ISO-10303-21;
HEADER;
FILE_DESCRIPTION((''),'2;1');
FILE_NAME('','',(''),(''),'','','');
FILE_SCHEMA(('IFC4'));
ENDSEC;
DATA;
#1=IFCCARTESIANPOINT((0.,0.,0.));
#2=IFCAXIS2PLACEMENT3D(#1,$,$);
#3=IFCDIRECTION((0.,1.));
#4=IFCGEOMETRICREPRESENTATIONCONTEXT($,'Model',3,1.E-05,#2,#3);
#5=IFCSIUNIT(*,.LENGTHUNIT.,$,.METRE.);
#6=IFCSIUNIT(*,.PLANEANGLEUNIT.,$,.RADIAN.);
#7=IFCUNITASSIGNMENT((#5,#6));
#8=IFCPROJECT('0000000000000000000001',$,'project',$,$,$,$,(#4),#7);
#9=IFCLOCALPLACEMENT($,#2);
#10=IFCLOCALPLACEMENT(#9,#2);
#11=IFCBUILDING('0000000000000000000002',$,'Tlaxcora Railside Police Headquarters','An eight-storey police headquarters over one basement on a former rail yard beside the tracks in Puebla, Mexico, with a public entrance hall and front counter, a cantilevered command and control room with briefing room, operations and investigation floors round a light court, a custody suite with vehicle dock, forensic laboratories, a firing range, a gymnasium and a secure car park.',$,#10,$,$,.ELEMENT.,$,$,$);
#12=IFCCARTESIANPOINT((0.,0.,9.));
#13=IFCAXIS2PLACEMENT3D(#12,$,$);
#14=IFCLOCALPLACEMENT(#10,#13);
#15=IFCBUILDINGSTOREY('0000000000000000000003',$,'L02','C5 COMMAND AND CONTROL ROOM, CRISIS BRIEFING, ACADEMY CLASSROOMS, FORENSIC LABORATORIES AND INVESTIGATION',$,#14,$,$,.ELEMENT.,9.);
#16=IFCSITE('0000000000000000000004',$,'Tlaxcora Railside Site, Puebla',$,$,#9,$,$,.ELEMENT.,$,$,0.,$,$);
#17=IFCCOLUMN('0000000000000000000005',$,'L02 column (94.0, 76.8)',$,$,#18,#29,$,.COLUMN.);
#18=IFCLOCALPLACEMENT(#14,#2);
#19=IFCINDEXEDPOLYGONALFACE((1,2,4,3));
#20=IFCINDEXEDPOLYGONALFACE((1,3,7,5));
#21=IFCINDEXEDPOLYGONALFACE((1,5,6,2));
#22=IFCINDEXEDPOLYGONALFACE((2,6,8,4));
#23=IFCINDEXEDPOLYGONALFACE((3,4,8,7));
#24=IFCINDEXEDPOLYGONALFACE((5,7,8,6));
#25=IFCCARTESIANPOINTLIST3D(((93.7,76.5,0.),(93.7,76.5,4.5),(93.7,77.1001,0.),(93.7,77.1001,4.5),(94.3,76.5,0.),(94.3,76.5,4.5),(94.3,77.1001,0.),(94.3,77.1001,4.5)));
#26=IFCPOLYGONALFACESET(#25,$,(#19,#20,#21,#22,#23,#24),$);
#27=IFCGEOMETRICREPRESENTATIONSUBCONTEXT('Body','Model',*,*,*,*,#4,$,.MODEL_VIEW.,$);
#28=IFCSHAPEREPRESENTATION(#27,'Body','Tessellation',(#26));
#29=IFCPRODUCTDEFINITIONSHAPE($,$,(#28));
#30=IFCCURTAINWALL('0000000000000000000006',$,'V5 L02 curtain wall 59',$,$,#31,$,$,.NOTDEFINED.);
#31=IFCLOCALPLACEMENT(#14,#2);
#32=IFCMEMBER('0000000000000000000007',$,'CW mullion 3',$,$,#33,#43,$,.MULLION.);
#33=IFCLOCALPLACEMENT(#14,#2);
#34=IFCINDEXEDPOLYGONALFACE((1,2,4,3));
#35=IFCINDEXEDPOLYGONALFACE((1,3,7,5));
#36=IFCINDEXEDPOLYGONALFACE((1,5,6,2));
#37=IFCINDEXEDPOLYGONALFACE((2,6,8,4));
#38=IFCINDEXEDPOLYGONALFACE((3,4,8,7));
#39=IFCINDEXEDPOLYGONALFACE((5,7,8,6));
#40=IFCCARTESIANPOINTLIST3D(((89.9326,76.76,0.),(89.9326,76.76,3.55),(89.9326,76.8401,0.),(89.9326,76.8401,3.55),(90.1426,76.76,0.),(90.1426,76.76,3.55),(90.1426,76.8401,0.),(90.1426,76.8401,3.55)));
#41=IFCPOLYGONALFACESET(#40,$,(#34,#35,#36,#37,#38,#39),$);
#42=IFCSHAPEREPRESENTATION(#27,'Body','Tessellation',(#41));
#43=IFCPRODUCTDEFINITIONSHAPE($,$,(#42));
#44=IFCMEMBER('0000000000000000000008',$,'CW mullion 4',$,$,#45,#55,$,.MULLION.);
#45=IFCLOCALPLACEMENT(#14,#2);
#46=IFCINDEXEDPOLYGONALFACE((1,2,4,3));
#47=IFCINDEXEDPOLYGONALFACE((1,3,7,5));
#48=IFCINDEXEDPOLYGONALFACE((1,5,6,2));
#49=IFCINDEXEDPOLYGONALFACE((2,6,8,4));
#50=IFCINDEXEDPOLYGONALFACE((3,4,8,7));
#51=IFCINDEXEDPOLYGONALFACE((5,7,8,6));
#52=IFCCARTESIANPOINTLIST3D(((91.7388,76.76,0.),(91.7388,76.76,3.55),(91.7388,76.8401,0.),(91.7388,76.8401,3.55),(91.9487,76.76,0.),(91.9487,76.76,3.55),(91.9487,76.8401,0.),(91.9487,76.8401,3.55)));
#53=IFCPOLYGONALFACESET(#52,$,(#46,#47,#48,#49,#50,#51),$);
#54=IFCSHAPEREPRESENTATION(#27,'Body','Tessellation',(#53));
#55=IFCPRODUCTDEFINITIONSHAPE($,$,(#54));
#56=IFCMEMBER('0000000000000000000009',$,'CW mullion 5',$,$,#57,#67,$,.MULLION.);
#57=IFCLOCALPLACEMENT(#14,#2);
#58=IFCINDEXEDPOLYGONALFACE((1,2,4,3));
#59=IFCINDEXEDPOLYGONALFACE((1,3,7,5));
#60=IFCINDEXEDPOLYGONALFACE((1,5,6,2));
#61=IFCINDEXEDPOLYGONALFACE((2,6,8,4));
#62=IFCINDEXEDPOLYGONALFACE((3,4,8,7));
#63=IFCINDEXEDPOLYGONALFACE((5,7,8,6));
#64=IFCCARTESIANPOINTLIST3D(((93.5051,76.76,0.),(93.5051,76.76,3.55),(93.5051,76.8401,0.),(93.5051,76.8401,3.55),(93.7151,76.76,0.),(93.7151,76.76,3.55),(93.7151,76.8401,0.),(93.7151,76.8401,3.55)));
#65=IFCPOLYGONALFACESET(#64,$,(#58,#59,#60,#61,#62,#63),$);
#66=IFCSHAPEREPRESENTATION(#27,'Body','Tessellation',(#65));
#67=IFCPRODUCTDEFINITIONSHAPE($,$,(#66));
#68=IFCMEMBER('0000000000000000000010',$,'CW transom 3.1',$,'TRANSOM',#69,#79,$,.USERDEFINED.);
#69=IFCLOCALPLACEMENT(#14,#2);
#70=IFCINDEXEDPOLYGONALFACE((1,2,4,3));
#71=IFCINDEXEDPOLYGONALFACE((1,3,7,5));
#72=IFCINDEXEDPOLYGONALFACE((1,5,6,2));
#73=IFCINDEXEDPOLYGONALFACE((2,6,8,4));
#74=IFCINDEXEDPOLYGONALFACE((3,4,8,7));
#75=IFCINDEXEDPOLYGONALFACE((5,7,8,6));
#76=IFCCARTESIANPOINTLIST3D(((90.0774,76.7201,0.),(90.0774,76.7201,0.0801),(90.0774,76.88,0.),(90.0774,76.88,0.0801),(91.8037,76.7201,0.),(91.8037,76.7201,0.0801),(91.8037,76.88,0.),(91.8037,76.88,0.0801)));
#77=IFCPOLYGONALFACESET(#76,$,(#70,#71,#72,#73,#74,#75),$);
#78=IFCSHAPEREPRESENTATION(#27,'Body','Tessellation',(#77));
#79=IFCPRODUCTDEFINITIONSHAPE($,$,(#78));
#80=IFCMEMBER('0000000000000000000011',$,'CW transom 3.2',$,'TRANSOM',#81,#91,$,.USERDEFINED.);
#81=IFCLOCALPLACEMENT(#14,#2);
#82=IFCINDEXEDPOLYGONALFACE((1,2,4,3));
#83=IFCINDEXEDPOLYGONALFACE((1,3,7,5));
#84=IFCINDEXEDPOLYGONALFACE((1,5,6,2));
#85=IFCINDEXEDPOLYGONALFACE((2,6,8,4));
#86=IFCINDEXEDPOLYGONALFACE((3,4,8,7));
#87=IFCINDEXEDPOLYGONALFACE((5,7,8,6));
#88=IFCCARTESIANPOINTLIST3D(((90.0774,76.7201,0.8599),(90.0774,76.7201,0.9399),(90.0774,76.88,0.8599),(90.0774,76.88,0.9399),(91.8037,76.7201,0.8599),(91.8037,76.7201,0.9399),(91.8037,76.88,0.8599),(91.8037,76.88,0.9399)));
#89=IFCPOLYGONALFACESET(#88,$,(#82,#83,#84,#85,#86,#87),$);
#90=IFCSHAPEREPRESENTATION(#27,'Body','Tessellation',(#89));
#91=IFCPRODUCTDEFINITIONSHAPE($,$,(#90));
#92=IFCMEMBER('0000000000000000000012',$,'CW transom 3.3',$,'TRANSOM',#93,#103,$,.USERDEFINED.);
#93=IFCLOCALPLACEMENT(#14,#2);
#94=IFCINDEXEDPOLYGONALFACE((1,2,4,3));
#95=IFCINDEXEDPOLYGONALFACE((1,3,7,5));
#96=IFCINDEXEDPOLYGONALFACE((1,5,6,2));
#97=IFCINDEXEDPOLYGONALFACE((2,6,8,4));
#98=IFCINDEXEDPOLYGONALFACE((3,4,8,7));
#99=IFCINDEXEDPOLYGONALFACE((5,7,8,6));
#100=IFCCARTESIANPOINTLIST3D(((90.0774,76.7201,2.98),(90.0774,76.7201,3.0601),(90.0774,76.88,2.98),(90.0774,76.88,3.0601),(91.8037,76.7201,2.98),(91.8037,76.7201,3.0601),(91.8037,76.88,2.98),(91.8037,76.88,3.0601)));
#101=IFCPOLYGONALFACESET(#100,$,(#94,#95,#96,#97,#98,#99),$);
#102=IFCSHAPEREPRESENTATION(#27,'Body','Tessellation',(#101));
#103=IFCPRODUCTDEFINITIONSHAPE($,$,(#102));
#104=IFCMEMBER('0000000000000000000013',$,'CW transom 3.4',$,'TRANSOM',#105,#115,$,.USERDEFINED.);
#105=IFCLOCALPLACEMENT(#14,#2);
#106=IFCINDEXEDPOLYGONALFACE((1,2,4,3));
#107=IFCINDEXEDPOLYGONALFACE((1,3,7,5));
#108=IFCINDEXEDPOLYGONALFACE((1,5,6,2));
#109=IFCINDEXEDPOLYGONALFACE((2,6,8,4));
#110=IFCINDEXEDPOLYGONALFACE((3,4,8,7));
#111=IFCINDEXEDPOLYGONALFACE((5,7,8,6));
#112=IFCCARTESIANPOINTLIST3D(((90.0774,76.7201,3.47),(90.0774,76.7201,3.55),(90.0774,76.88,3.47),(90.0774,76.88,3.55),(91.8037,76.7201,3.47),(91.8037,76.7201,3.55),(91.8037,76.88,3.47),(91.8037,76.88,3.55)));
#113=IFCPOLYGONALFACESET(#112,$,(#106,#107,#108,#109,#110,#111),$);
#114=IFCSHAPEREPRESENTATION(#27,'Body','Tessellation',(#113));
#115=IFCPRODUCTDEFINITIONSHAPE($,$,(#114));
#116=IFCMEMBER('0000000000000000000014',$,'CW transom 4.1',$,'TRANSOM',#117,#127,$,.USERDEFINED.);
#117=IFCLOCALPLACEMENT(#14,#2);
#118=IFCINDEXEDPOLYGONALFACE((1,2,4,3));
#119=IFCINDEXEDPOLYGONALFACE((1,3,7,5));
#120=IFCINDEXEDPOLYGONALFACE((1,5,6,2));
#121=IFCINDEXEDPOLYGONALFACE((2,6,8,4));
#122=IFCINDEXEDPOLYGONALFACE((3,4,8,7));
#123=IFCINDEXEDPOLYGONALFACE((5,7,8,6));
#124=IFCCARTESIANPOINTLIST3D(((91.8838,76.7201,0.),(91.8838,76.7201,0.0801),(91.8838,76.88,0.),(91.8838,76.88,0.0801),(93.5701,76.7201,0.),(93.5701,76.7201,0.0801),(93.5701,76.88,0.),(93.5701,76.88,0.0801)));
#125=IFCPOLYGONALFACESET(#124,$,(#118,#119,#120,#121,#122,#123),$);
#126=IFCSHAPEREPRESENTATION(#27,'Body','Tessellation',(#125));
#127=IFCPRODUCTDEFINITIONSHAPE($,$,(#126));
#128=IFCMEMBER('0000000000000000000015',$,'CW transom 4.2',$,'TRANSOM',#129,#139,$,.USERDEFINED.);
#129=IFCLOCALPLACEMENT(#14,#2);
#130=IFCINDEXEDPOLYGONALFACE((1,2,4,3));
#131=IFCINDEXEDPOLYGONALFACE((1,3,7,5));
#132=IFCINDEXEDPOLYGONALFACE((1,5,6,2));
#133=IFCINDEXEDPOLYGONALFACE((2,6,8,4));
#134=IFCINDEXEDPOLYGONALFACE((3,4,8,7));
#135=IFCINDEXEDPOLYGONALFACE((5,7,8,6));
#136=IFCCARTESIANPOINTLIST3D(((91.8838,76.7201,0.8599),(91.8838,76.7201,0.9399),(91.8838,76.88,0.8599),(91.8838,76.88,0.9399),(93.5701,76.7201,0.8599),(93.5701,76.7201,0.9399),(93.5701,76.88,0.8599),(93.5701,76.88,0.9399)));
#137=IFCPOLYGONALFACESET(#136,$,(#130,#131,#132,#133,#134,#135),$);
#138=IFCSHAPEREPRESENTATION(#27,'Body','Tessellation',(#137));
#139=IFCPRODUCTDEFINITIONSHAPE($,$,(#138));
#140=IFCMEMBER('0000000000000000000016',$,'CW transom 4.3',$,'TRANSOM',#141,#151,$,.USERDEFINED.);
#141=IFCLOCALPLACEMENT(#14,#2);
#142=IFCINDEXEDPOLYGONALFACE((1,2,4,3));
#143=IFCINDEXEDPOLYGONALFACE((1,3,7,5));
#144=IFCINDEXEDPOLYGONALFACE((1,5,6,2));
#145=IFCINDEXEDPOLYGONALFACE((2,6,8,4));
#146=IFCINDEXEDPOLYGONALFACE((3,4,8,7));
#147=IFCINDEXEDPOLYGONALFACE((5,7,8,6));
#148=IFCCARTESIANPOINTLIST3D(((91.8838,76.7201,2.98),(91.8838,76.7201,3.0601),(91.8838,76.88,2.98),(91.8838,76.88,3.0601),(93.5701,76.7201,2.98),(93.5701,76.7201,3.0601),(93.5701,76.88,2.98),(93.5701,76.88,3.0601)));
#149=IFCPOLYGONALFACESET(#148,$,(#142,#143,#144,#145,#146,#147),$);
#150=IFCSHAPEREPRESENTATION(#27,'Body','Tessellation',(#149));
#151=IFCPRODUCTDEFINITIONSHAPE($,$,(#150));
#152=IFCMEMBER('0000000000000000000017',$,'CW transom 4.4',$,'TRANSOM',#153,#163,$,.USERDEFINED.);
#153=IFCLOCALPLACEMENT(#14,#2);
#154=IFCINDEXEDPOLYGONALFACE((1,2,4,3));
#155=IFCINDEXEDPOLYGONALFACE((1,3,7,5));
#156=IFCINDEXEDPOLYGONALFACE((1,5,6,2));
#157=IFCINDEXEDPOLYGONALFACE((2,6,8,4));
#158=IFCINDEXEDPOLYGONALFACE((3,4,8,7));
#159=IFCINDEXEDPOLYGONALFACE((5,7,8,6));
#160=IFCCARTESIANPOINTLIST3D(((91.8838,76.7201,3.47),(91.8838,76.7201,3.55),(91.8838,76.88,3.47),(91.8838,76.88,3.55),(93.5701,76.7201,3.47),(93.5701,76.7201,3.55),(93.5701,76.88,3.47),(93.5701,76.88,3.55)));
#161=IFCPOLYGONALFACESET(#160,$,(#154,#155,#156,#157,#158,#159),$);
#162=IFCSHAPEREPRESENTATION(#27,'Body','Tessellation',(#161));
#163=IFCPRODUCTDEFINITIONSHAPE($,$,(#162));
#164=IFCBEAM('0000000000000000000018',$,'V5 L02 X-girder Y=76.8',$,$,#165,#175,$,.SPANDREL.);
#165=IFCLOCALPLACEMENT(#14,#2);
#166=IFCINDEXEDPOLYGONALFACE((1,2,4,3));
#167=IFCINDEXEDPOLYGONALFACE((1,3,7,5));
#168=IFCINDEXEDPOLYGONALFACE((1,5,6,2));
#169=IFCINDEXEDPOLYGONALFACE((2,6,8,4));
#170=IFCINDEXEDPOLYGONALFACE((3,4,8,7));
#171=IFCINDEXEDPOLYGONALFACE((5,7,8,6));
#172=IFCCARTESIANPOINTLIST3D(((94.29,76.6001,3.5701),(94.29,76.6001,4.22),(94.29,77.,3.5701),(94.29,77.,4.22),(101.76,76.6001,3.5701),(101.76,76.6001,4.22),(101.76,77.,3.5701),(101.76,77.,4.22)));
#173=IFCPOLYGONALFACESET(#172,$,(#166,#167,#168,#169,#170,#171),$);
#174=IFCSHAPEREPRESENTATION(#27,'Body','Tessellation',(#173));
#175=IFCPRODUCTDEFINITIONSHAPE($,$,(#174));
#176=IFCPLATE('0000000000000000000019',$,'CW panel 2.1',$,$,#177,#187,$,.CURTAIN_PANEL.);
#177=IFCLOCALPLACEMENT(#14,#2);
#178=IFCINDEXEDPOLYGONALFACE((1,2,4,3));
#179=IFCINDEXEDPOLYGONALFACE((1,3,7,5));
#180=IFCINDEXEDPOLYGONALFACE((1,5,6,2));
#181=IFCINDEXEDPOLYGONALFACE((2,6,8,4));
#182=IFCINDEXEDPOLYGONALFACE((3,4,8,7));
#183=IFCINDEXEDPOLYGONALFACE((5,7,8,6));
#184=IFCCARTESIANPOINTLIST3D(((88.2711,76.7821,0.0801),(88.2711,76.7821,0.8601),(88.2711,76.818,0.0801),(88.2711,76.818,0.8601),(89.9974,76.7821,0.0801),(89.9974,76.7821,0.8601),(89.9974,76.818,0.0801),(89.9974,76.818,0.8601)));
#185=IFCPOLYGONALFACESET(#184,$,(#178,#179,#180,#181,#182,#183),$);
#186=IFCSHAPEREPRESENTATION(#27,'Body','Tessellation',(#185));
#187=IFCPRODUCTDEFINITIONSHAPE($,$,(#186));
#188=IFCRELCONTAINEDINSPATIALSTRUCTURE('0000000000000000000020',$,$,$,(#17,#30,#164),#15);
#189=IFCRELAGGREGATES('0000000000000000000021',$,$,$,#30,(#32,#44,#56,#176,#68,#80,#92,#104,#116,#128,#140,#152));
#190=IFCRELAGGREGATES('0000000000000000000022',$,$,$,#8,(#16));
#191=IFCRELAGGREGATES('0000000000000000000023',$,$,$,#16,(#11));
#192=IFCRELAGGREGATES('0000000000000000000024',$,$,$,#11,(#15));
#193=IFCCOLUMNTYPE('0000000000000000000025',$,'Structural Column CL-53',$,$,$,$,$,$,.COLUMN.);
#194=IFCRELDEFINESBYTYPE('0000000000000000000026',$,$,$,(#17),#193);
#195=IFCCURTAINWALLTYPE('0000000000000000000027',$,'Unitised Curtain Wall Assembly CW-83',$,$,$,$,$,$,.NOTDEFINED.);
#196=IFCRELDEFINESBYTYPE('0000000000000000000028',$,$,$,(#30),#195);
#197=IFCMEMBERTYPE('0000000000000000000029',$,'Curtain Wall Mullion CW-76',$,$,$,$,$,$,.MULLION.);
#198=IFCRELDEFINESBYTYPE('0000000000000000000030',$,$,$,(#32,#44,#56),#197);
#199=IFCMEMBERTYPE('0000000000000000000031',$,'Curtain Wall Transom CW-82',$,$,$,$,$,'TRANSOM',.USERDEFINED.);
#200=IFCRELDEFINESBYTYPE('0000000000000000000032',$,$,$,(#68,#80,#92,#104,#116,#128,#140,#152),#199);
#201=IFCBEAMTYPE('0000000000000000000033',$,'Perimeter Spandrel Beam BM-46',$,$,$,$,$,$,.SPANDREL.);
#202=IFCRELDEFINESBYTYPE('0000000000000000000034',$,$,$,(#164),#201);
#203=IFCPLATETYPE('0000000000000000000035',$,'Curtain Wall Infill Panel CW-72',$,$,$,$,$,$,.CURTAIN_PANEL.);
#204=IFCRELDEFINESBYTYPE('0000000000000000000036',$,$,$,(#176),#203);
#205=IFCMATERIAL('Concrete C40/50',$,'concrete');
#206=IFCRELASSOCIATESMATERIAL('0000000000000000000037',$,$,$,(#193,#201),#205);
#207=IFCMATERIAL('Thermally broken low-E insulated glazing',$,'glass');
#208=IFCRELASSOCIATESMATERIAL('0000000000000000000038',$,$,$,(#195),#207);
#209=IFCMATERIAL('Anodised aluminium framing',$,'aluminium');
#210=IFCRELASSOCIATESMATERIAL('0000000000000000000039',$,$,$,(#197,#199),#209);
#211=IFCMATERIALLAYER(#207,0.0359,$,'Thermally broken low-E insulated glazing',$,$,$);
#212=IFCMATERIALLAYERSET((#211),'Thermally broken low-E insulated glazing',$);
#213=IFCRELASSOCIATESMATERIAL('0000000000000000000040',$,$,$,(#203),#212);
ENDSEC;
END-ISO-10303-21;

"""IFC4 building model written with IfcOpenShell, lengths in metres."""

from ifc_helpers import new_model, si_unit, direction, frame, origin, origin_2d, place, context, subcontext, project, spatial, rectangle, extrude, material, layer, layer_set, material_profile, profile_set, type_object, element, aggregate, save


model = new_model("IFC4")

# Units and contexts
model_context = context("Model", 3, precision=1e-05, world=origin(), true_north=direction((0.0, 1.0)))
body_context = subcontext(model_context, "Body", "Model", "MODEL_VIEW")
ifc_project = project(units=[si_unit("LENGTHUNIT", "METRE"), si_unit("PLANEANGLEUNIT", "RADIAN")], contexts=[model_context])

# Site, building, storey
site_placement = place(None, origin())
site = spatial("IfcSite", under=ifc_project, at=site_placement, Name="Tlaxcora Railside Site, Puebla", CompositionType="ELEMENT", RefElevation=0.0)
building_placement = place(site_placement, origin())
building = spatial("IfcBuilding", under=site, at=building_placement, Name="Tlaxcora Railside Police Headquarters", Description="An eight-storey police headquarters over one basement on a former rail yard beside the tracks in Puebla, Mexico, with a public entrance hall and front counter, a cantilevered command and control room with briefing room, operations and investigation floors round a light court, a custody suite with vehicle dock, forensic laboratories, a firing range, a gymnasium and a secure car park.", CompositionType="ELEMENT")
storey_placement = place(building_placement, frame((0.0, 0.0, 9.0)))
storey = spatial("IfcBuildingStorey", under=building, at=storey_placement, Name="L02", Description="C5 COMMAND AND CONTROL ROOM, CRISIS BRIEFING, ACADEMY CLASSROOMS, FORENSIC LABORATORIES AND INVESTIGATION", CompositionType="ELEMENT", Elevation=9.0)

# Column
ifc_material_1 = material(Name="Concrete C40/50", Category="concrete")
ifc_material_profile_1 = material_profile(ifc_material_1, rectangle(XDim=0.6001, YDim=0.6001, at=origin_2d()), Name="RC600X600")
ifc_profile_set_1 = profile_set([ifc_material_profile_1], Name="Concrete C40/50")
column_type = type_object("IfcColumnType", Name="Structural Column CL-53", PredefinedType="COLUMN", material=ifc_profile_set_1)
column_placement = place(storey_placement, frame((94.0, 76.8, 0.0), z_axis=(0.0, 0.0, 1.0), x_axis=(1.0, 0.0, 0.0)))
element("IfcColumn", 1, at=column_placement, inside=storey, type_object=column_type, Name="L02 column (94.0, 76.8)", PredefinedType="COLUMN", context=body_context, shape_type="SweptSolid", body=[
    extrude(rectangle(XDim=0.6001, YDim=0.6001, at=origin_2d()), origin(), (0.0, 0.0, 1.0), 4.5),
])

# Curtain wall, members
ifc_material_2 = material(Name="Thermally broken low-E insulated glazing", Category="glass")
curtain_wall_type = type_object("IfcCurtainWallType", Name="Unitised Curtain Wall Assembly CW-83", PredefinedType="NOTDEFINED", material=ifc_material_2)
curtain_wall_placement = place(storey_placement, origin())
curtain_wall = element("IfcCurtainWall", 2, at=curtain_wall_placement, inside=storey, type_object=curtain_wall_type, Name="V5 L02 curtain wall 59", PredefinedType="NOTDEFINED")
ifc_material_3 = material(Name="Anodised aluminium framing", Category="aluminium")
ifc_material_profile_2 = material_profile(ifc_material_3, rectangle(XDim=0.0801, YDim=0.21, at=origin_2d()), Name="AL80X210")
ifc_profile_set_2 = profile_set([ifc_material_profile_2], Name="Anodised aluminium framing")
member_type_1 = type_object("IfcMemberType", Name="Curtain Wall Mullion CW-76", PredefinedType="MULLION", material=ifc_profile_set_2)
member_1_placement = place(storey_placement, frame((90.0376, 76.8, 0.0), z_axis=(0.0, 0.0, 1.0), x_axis=(0.0, 1.0, 0.0)))
member_1 = element("IfcMember", 3, at=member_1_placement, type_object=member_type_1, Name="CW mullion 3", PredefinedType="MULLION", context=body_context, shape_type="SweptSolid", body=[
    extrude(rectangle(XDim=0.0801, YDim=0.21, at=origin_2d()), origin(), (0.0, 0.0, 1.0), 3.55),
])
member_2_placement = place(storey_placement, frame((91.8438, 76.8, 0.0), z_axis=(0.0, 0.0, 1.0), x_axis=(0.0, 1.0, 0.0)))
member_2 = element("IfcMember", 4, at=member_2_placement, type_object=member_type_1, Name="CW mullion 4", PredefinedType="MULLION", context=body_context, shape_type="SweptSolid", body=[
    extrude(rectangle(XDim=0.0801, YDim=0.21, at=origin_2d()), origin(), (0.0, 0.0, 1.0), 3.55),
])
member_3_placement = place(storey_placement, frame((93.6101, 76.8, 0.0), z_axis=(0.0, 0.0, 1.0), x_axis=(0.0, 1.0, 0.0)))
member_3 = element("IfcMember", 5, at=member_3_placement, type_object=member_type_1, Name="CW mullion 5", PredefinedType="MULLION", context=body_context, shape_type="SweptSolid", body=[
    extrude(rectangle(XDim=0.0801, YDim=0.21, at=origin_2d()), origin(), (0.0, 0.0, 1.0), 3.55),
])
ifc_material_profile_3 = material_profile(ifc_material_3, rectangle(XDim=0.1599, YDim=0.0801, at=origin_2d()), Name="AL80X160")
ifc_profile_set_3 = profile_set([ifc_material_profile_3], Name="Anodised aluminium framing")
member_type_2 = type_object("IfcMemberType", Name="Curtain Wall Transom CW-82", ElementType="TRANSOM", PredefinedType="USERDEFINED", material=ifc_profile_set_3)
member_4_placement = place(storey_placement, frame((90.0774, 76.8, 0.04), z_axis=(1.0, 0.0, 0.0), x_axis=(0.0, 1.0, 0.0)))
member_4 = element("IfcMember", 6, at=member_4_placement, type_object=member_type_2, Name="CW transom 3.1", ObjectType="TRANSOM", PredefinedType="USERDEFINED", context=body_context, shape_type="SweptSolid", body=[
    extrude(rectangle(XDim=0.1599, YDim=0.0801, at=origin_2d()), origin(), (0.0, 0.0, 1.0), 1.7263),
])
member_5_placement = place(storey_placement, frame((90.0774, 76.8, 0.8999), z_axis=(1.0, 0.0, 0.0), x_axis=(0.0, 1.0, 0.0)))
member_5 = element("IfcMember", 7, at=member_5_placement, type_object=member_type_2, Name="CW transom 3.2", ObjectType="TRANSOM", PredefinedType="USERDEFINED", context=body_context, shape_type="SweptSolid", body=[
    extrude(rectangle(XDim=0.1599, YDim=0.0801, at=origin_2d()), origin(), (0.0, 0.0, 1.0), 1.7263),
])
member_6_placement = place(storey_placement, frame((90.0774, 76.8, 3.02), z_axis=(1.0, 0.0, 0.0), x_axis=(0.0, 1.0, 0.0)))
member_6 = element("IfcMember", 8, at=member_6_placement, type_object=member_type_2, Name="CW transom 3.3", ObjectType="TRANSOM", PredefinedType="USERDEFINED", context=body_context, shape_type="SweptSolid", body=[
    extrude(rectangle(XDim=0.1599, YDim=0.0801, at=origin_2d()), origin(), (0.0, 0.0, 1.0), 1.7263),
])
member_7_placement = place(storey_placement, frame((90.0774, 76.8, 3.51), z_axis=(1.0, 0.0, 0.0), x_axis=(0.0, 1.0, 0.0)))
member_7 = element("IfcMember", 9, at=member_7_placement, type_object=member_type_2, Name="CW transom 3.4", ObjectType="TRANSOM", PredefinedType="USERDEFINED", context=body_context, shape_type="SweptSolid", body=[
    extrude(rectangle(XDim=0.1599, YDim=0.0801, at=origin_2d()), origin(), (0.0, 0.0, 1.0), 1.7263),
])
member_8_placement = place(storey_placement, frame((91.8838, 76.8, 0.04), z_axis=(1.0, 0.0, 0.0), x_axis=(0.0, 1.0, 0.0)))
member_8 = element("IfcMember", 10, at=member_8_placement, type_object=member_type_2, Name="CW transom 4.1", ObjectType="TRANSOM", PredefinedType="USERDEFINED", context=body_context, shape_type="SweptSolid", body=[
    extrude(rectangle(XDim=0.1599, YDim=0.0801, at=origin_2d()), origin(), (0.0, 0.0, 1.0), 1.6863),
])
member_9_placement = place(storey_placement, frame((91.8838, 76.8, 0.8999), z_axis=(1.0, 0.0, 0.0), x_axis=(0.0, 1.0, 0.0)))
member_9 = element("IfcMember", 11, at=member_9_placement, type_object=member_type_2, Name="CW transom 4.2", ObjectType="TRANSOM", PredefinedType="USERDEFINED", context=body_context, shape_type="SweptSolid", body=[
    extrude(rectangle(XDim=0.1599, YDim=0.0801, at=origin_2d()), origin(), (0.0, 0.0, 1.0), 1.6863),
])
member_10_placement = place(storey_placement, frame((91.8838, 76.8, 3.02), z_axis=(1.0, 0.0, 0.0), x_axis=(0.0, 1.0, 0.0)))
member_10 = element("IfcMember", 12, at=member_10_placement, type_object=member_type_2, Name="CW transom 4.3", ObjectType="TRANSOM", PredefinedType="USERDEFINED", context=body_context, shape_type="SweptSolid", body=[
    extrude(rectangle(XDim=0.1599, YDim=0.0801, at=origin_2d()), origin(), (0.0, 0.0, 1.0), 1.6863),
])
member_11_placement = place(storey_placement, frame((91.8838, 76.8, 3.51), z_axis=(1.0, 0.0, 0.0), x_axis=(0.0, 1.0, 0.0)))
member_11 = element("IfcMember", 13, at=member_11_placement, type_object=member_type_2, Name="CW transom 4.4", ObjectType="TRANSOM", PredefinedType="USERDEFINED", context=body_context, shape_type="SweptSolid", body=[
    extrude(rectangle(XDim=0.1599, YDim=0.0801, at=origin_2d()), origin(), (0.0, 0.0, 1.0), 1.6863),
])

# Beam
ifc_material_profile_4 = material_profile(ifc_material_1, rectangle(XDim=0.3999, YDim=0.6499, at=origin_2d()), Name="RC400X650")
ifc_profile_set_4 = profile_set([ifc_material_profile_4], Name="Concrete C40/50")
beam_type = type_object("IfcBeamType", Name="Perimeter Spandrel Beam BM-46", PredefinedType="SPANDREL", material=ifc_profile_set_4)
beam_placement = place(storey_placement, frame((94.29, 76.8, 3.895), z_axis=(1.0, 0.0, 0.0), x_axis=(0.0, 1.0, 0.0)))
element("IfcBeam", 14, at=beam_placement, inside=storey, type_object=beam_type, Name="V5 L02 X-girder Y=76.8", PredefinedType="SPANDREL", context=body_context, shape_type="SweptSolid", body=[
    extrude(rectangle(XDim=0.3999, YDim=0.6499, at=origin_2d()), origin(), (0.0, 0.0, 1.0), 7.47),
])

# Plate
ifc_layer = layer(ifc_material_2, 0.0359, Name="Thermally broken low-E insulated glazing")
ifc_layer_set = layer_set([ifc_layer], Name="Thermally broken low-E insulated glazing")
plate_type = type_object("IfcPlateType", Name="Curtain Wall Infill Panel CW-72", PredefinedType="CURTAIN_PANEL", material=ifc_layer_set)
plate_1_placement = place(storey_placement, frame((89.1343, 76.8, 0.0801), z_axis=(0.0, 0.0, 1.0), x_axis=(1.0, 0.0, 0.0)))
plate_1 = element("IfcPlate", 15, at=plate_1_placement, type_object=plate_type, Name="CW panel 2.1", PredefinedType="CURTAIN_PANEL", context=body_context, shape_type="SweptSolid", body=[
    extrude(rectangle(XDim=1.7263, YDim=0.0359, at=origin_2d()), origin(), (0.0, 0.0, 1.0), 0.78),
])
aggregate(curtain_wall, [member_1, member_2, member_3, plate_1, member_4, member_5, member_6, member_7, member_8, member_9, member_10, member_11])

save(model, "model.ifc")
